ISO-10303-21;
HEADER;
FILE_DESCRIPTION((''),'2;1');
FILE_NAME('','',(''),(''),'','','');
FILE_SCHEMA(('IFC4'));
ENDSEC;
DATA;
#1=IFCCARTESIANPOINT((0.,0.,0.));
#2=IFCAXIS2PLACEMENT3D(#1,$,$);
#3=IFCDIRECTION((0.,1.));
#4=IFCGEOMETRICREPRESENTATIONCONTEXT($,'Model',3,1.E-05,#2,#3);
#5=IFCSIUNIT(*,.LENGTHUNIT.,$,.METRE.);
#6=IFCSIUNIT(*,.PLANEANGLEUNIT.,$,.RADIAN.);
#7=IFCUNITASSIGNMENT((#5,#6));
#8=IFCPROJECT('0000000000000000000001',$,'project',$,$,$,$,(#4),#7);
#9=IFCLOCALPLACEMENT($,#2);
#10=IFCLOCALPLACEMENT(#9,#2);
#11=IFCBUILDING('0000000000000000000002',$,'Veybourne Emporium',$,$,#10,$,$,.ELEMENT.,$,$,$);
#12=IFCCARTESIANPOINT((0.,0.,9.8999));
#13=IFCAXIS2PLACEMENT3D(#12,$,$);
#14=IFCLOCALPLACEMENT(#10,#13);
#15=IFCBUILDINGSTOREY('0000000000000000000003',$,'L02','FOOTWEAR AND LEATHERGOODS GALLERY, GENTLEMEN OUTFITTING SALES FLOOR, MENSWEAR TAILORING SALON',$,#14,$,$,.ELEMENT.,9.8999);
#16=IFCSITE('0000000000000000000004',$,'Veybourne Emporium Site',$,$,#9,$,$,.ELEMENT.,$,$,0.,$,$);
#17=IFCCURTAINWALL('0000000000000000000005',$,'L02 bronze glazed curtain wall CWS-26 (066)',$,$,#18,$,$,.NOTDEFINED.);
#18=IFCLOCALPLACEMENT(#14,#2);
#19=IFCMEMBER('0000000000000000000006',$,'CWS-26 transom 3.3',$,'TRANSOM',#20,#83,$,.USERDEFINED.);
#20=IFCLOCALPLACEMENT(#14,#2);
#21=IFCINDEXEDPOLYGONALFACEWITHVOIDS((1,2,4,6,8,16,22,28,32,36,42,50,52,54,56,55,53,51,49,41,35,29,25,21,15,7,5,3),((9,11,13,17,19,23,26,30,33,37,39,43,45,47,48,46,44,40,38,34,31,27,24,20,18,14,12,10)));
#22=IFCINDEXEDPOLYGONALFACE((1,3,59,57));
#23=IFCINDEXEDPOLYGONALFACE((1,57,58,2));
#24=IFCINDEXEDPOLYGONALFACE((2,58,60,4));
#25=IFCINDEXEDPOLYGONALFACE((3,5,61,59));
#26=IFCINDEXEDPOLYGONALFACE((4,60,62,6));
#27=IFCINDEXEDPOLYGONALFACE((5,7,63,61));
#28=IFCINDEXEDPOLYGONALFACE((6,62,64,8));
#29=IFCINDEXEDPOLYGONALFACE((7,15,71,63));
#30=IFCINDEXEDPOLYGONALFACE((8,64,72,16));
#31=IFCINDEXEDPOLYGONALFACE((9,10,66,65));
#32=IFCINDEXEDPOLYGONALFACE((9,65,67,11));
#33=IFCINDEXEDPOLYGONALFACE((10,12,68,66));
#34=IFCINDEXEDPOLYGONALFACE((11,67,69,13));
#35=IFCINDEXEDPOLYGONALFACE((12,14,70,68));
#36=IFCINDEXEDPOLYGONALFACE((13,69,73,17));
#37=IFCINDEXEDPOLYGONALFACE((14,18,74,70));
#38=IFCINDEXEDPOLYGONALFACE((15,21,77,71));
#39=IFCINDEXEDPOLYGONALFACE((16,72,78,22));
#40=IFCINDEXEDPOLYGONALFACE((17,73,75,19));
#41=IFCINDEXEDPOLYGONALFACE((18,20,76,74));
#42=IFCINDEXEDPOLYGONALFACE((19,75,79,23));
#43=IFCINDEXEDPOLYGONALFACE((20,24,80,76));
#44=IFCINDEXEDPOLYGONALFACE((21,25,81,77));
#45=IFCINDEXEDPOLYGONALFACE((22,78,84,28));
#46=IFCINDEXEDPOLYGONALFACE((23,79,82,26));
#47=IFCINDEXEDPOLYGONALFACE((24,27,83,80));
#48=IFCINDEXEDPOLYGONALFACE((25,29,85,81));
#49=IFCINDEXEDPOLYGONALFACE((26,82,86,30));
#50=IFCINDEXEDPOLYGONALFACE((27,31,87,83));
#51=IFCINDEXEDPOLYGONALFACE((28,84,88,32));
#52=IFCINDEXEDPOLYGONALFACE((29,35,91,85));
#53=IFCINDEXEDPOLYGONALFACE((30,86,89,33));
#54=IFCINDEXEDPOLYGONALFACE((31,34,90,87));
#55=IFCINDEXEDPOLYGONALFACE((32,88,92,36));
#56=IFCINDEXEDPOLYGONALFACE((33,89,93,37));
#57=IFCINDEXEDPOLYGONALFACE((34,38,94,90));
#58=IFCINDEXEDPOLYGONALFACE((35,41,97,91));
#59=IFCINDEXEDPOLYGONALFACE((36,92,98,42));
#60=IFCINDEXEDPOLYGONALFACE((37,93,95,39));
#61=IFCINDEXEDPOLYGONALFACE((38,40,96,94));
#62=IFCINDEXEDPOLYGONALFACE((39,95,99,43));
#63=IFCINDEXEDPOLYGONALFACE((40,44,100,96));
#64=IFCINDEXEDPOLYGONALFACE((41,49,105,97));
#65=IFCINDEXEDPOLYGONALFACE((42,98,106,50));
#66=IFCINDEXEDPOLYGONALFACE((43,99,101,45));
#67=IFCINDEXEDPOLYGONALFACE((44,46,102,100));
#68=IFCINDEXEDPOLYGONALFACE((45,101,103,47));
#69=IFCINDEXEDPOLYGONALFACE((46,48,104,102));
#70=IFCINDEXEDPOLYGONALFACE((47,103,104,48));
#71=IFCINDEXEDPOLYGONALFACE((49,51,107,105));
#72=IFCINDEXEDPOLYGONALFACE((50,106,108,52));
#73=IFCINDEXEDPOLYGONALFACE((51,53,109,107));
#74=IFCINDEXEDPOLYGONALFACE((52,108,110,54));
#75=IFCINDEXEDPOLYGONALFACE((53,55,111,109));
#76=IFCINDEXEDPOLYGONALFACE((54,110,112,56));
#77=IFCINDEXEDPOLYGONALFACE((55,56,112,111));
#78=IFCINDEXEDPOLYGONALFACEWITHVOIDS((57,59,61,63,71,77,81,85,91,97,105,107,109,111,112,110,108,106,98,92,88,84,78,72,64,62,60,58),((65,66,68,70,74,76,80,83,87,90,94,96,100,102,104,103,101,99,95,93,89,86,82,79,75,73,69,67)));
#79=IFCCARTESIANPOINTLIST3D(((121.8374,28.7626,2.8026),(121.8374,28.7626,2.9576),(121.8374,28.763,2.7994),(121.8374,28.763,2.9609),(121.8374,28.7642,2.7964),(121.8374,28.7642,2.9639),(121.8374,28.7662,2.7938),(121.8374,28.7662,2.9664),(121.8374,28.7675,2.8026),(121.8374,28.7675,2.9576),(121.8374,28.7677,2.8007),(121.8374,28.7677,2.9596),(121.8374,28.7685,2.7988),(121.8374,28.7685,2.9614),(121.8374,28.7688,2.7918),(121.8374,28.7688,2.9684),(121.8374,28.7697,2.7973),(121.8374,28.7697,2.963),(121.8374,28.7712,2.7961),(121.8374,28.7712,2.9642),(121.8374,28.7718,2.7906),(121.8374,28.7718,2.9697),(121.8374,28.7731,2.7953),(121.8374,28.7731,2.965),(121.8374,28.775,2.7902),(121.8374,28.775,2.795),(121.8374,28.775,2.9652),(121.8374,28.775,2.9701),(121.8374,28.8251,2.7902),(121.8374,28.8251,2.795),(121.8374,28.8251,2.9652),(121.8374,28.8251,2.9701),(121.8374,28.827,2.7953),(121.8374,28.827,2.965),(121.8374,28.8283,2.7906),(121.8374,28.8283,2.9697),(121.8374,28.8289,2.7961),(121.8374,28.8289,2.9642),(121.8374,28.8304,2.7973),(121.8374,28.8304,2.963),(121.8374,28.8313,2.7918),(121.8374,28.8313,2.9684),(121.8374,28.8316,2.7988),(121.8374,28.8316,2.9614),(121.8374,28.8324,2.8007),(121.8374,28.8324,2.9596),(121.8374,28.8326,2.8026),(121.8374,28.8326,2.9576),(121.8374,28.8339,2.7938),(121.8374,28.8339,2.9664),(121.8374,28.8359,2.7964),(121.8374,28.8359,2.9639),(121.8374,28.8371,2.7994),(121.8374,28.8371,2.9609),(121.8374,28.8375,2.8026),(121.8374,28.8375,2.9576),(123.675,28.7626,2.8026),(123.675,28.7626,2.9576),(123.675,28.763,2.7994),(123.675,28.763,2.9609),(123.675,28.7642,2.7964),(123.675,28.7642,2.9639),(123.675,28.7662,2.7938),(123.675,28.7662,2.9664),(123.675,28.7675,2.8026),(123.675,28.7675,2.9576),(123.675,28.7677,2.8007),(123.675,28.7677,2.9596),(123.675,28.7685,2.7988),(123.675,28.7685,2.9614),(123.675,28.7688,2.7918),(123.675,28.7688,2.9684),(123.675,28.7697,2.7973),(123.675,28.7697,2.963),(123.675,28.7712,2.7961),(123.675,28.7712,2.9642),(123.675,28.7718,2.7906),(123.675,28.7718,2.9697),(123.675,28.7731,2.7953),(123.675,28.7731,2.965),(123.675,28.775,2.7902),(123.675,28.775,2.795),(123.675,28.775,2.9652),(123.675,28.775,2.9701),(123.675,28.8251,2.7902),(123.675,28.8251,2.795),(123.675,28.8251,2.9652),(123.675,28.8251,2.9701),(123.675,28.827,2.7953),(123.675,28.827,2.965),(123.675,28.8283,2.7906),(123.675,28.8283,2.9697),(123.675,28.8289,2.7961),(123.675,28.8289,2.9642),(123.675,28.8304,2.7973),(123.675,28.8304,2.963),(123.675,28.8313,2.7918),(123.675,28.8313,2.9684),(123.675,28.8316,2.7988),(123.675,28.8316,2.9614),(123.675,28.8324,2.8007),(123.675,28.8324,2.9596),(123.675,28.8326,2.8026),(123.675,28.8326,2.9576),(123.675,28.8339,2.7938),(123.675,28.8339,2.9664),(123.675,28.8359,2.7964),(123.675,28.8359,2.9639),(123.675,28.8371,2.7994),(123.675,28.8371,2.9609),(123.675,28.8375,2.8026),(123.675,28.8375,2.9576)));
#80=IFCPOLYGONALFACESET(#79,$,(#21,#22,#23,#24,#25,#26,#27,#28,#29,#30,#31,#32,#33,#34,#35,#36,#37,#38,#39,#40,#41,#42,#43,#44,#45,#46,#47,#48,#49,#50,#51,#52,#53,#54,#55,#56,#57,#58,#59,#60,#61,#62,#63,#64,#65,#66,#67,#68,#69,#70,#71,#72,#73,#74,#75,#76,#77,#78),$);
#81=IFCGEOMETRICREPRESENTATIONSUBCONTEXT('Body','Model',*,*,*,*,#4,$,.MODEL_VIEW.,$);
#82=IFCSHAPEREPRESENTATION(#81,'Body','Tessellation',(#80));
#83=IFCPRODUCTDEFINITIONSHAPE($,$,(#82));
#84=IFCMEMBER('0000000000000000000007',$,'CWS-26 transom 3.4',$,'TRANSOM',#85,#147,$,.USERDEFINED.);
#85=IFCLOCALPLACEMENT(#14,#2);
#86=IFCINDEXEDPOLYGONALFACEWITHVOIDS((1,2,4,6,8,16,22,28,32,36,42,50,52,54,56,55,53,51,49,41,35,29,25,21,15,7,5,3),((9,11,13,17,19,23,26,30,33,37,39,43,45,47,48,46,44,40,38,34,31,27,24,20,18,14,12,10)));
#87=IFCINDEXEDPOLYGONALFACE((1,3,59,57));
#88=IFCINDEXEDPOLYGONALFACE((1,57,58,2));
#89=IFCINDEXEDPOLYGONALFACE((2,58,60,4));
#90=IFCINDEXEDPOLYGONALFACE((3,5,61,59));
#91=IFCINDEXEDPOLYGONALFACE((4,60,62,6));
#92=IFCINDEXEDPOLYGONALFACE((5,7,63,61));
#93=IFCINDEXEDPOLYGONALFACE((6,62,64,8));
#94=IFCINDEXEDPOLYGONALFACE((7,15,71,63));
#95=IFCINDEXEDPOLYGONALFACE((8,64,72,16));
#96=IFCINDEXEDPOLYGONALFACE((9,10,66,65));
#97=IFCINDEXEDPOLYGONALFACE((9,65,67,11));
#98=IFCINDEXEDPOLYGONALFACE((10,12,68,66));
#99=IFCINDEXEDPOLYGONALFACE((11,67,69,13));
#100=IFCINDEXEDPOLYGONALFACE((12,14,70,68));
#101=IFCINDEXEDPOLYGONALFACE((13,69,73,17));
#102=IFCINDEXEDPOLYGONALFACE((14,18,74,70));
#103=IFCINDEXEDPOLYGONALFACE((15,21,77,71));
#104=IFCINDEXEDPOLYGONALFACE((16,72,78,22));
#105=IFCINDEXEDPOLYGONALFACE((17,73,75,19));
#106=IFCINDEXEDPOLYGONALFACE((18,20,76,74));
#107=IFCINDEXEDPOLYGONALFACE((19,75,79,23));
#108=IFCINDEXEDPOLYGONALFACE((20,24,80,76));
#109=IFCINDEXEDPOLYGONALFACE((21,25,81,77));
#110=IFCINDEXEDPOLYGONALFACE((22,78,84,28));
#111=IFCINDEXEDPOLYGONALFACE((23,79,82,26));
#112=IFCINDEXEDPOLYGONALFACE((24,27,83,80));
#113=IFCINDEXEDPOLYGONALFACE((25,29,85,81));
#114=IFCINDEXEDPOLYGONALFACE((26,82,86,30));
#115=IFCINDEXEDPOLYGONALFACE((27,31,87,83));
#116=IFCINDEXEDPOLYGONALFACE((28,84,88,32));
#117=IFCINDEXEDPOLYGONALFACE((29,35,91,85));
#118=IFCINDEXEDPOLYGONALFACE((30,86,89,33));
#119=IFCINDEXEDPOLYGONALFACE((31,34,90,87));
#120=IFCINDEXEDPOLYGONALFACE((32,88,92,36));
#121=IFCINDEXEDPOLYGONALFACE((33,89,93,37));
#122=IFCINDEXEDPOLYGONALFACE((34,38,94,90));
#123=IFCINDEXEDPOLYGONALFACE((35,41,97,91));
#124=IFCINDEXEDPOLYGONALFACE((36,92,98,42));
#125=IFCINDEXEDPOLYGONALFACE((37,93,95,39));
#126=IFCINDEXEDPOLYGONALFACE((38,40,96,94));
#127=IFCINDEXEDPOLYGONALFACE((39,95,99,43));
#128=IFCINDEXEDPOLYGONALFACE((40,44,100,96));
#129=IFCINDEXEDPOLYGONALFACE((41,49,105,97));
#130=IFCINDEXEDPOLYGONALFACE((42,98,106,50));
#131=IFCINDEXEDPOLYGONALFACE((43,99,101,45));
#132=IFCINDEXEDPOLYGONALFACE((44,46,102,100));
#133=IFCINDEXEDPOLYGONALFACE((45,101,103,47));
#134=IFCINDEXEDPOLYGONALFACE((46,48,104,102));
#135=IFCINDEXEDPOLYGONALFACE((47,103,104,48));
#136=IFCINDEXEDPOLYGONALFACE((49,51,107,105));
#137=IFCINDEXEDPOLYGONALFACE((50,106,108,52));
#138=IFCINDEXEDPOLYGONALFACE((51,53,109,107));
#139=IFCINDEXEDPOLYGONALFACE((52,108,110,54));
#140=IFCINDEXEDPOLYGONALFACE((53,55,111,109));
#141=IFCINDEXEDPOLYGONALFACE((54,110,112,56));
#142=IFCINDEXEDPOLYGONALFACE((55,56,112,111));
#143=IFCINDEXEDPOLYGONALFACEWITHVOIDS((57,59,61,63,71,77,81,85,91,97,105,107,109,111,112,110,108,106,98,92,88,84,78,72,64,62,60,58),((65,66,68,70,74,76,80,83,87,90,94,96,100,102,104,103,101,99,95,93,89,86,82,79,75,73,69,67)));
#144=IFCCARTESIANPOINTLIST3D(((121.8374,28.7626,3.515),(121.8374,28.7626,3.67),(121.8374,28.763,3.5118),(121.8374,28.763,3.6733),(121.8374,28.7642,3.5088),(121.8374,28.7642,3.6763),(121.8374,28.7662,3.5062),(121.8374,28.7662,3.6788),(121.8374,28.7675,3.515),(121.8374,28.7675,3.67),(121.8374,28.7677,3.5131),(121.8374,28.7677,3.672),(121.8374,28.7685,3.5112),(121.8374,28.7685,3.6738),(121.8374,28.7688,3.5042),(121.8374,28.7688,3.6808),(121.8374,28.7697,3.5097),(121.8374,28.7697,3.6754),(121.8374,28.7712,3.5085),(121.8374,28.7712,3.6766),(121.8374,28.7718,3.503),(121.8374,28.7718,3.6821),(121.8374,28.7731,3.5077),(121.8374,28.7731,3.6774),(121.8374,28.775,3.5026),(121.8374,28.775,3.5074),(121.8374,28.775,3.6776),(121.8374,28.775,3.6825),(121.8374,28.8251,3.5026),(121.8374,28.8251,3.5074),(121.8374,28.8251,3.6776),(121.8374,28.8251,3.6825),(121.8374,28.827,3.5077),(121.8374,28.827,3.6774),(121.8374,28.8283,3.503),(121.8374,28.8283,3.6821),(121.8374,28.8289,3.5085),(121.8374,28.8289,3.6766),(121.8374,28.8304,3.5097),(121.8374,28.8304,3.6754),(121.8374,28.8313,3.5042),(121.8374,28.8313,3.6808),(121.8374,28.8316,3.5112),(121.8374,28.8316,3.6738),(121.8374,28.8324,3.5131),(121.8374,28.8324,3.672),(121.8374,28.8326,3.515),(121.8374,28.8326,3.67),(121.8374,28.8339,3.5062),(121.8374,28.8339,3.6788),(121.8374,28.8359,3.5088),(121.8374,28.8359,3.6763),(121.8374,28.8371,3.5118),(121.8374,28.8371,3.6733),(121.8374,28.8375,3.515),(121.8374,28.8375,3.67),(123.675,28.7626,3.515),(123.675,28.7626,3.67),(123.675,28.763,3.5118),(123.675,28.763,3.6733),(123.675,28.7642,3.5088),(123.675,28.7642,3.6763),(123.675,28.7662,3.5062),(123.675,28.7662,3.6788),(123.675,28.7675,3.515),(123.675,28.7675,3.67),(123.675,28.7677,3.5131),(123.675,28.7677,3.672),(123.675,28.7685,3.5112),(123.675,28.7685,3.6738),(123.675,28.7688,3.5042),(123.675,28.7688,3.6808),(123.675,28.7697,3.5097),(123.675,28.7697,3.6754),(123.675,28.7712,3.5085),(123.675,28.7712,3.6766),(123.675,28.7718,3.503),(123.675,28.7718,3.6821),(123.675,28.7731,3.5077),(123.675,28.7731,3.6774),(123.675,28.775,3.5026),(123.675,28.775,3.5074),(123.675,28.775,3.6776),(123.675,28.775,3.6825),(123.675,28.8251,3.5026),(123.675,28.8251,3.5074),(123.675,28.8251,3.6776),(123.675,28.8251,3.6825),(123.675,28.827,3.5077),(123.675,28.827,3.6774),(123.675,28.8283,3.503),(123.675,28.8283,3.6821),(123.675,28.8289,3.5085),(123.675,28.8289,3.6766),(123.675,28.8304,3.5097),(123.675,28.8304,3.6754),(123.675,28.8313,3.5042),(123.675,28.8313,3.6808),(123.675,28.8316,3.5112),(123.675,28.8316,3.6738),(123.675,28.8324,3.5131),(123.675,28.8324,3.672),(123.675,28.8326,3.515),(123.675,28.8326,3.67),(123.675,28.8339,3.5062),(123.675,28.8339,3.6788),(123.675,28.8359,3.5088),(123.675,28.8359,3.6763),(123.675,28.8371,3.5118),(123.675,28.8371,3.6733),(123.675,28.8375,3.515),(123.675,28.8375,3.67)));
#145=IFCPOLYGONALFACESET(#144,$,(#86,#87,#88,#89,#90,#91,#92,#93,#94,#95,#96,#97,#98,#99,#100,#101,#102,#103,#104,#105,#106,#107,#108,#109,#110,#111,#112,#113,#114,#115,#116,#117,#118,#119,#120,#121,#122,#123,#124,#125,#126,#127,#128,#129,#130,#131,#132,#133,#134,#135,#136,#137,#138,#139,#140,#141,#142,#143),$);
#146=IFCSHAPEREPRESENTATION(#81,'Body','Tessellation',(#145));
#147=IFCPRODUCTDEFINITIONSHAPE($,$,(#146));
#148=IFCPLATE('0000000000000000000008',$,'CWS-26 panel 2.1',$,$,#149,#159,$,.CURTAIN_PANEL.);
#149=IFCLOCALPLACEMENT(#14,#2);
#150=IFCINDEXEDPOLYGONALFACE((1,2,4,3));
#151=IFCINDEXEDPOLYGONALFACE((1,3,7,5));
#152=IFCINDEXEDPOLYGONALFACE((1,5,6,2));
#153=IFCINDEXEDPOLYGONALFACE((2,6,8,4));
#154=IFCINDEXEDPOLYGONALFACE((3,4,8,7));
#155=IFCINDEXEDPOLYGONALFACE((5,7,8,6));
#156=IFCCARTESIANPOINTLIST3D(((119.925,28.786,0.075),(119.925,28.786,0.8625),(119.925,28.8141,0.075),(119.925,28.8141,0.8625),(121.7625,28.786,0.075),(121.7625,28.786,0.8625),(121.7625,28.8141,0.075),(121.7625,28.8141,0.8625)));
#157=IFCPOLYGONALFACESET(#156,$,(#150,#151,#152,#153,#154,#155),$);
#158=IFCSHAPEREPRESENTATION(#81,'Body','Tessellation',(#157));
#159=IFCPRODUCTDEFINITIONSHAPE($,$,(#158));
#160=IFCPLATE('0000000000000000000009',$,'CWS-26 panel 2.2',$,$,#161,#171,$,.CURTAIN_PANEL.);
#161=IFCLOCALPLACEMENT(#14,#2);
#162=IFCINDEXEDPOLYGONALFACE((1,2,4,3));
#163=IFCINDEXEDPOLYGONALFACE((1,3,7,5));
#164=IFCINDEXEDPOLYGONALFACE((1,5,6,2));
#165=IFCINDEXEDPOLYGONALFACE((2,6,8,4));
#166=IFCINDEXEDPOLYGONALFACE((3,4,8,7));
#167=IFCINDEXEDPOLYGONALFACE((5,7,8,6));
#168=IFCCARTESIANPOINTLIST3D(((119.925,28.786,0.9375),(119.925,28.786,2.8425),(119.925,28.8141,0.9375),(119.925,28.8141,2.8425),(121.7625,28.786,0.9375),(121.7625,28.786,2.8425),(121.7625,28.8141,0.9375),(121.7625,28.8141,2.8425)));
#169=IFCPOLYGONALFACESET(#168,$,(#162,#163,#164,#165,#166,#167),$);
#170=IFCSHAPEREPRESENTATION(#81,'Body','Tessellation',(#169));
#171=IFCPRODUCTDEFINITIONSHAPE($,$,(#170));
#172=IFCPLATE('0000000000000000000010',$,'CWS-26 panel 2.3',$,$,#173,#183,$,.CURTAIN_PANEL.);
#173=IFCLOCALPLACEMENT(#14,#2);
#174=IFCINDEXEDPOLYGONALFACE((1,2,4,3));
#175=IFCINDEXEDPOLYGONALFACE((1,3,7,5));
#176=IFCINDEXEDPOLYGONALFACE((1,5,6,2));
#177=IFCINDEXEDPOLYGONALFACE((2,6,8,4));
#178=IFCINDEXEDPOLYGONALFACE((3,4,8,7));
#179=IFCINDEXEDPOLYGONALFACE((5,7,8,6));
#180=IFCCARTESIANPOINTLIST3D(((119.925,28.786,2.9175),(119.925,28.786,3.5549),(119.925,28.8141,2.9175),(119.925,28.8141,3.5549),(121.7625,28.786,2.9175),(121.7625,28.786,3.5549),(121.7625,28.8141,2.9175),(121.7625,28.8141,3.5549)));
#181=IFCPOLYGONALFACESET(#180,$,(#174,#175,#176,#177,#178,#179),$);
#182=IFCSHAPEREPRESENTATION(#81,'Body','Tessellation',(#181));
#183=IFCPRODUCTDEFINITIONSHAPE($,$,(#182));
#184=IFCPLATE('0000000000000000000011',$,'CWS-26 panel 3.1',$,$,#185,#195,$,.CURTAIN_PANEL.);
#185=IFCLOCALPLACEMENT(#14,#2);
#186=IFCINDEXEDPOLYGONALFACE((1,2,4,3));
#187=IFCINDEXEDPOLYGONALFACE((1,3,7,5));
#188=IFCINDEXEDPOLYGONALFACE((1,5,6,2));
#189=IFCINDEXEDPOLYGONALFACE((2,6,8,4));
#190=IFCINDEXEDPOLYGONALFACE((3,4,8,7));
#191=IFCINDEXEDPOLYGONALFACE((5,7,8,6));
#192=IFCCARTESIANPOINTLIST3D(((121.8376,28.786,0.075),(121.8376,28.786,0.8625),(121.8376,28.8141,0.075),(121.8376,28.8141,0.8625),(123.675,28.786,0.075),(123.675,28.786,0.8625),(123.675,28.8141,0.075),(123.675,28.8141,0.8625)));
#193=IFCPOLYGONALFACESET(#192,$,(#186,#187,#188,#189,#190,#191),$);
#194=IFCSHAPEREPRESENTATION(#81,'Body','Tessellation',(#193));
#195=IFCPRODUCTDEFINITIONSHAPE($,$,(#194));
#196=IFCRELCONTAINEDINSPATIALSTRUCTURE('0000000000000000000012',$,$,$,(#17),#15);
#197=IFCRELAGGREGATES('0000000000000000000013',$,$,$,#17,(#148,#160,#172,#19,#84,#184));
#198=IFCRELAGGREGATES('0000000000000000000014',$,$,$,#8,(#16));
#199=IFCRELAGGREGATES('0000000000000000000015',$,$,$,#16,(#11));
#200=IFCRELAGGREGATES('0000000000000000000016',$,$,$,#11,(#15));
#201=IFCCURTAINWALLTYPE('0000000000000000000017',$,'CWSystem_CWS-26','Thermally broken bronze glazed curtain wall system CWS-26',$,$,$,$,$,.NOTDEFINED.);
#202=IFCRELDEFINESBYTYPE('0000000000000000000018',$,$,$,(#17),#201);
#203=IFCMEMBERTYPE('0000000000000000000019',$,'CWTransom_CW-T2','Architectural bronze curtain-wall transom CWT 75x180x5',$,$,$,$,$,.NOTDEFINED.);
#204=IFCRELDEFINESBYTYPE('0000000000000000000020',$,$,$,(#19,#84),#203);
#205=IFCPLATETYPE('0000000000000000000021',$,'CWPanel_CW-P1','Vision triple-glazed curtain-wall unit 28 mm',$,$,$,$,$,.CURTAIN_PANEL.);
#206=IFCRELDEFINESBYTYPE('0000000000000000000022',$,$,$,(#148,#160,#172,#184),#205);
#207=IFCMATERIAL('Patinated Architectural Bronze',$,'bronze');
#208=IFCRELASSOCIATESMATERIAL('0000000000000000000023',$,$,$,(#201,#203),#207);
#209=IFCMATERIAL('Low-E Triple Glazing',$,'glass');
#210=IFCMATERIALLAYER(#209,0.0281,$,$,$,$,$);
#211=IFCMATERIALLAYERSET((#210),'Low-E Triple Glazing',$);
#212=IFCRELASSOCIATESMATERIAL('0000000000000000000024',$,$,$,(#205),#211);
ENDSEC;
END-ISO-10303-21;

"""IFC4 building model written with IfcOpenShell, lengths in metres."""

from ifc_helpers import new_model, si_unit, direction, frame, origin, origin_2d, place, context, subcontext, project, spatial, rectangle, hollow_rectangle, extrude, material, layer, layer_set, material_profile, profile_set, type_object, element, aggregate, save


model = new_model("IFC4")

# Units and contexts
model_context = context("Model", 3, precision=1e-05, world=origin(), true_north=direction((0.0, 1.0)))
body_context = subcontext(model_context, "Body", "Model", "MODEL_VIEW")
ifc_project = project(units=[si_unit("LENGTHUNIT", "METRE"), si_unit("PLANEANGLEUNIT", "RADIAN")], contexts=[model_context])

# Site, building, storey
site_placement = place(None, origin())
site = spatial("IfcSite", under=ifc_project, at=site_placement, Name="Veybourne Emporium Site", CompositionType="ELEMENT", RefElevation=0.0)
building_placement = place(site_placement, origin())
building = spatial("IfcBuilding", under=site, at=building_placement, Name="Veybourne Emporium", CompositionType="ELEMENT")
storey_placement = place(building_placement, frame((0.0, 0.0, 9.8999)))
storey = spatial("IfcBuildingStorey", under=building, at=storey_placement, Name="L02", Description="FOOTWEAR AND LEATHERGOODS GALLERY, GENTLEMEN OUTFITTING SALES FLOOR, MENSWEAR TAILORING SALON", CompositionType="ELEMENT", Elevation=9.8999)

# Curtain wall, members, plates
ifc_material_1 = material(Name="Patinated Architectural Bronze", Category="bronze")
curtain_wall_type = type_object("IfcCurtainWallType", Name="CWSystem_CWS-26", Description="Thermally broken bronze glazed curtain wall system CWS-26", PredefinedType="NOTDEFINED", material=ifc_material_1)
curtain_wall_placement = place(storey_placement, origin())
curtain_wall = element("IfcCurtainWall", 1, at=curtain_wall_placement, inside=storey, type_object=curtain_wall_type, Name="L02 bronze glazed curtain wall CWS-26 (066)", PredefinedType="NOTDEFINED")
ifc_material_profile_1 = material_profile(ifc_material_1, hollow_rectangle(XDim=0.075, YDim=0.1799, WallThickness=0.0049, InnerFilletRadius=0.0076, OuterFilletRadius=0.0125, at=origin_2d()), Name="CWT 75x180x5")
ifc_profile_set_1 = profile_set([ifc_material_profile_1], Name="Patinated Architectural Bronze")
member_type_1 = type_object("IfcMemberType", Name="CWTransom_CW-T2", Description="Architectural bronze curtain-wall transom CWT 75x180x5", PredefinedType="NOTDEFINED", material=ifc_profile_set_1)
member_1_placement = place(storey_placement, frame((121.8374, 28.8, 2.8801), z_axis=(1.0, 0.0, 0.0), x_axis=(0.0, 1.0, 0.0)))
member_1 = element("IfcMember", 2, at=member_1_placement, type_object=member_type_1, Name="CWS-26 transom 3.3", ObjectType="TRANSOM", PredefinedType="USERDEFINED", context=body_context, shape_type="SweptSolid", body=[
    extrude(hollow_rectangle(XDim=0.075, YDim=0.1799, WallThickness=0.0049, InnerFilletRadius=0.0076, OuterFilletRadius=0.0125, at=origin_2d()), origin(), (0.0, 0.0, 1.0), 1.8376),
])
member_2_placement = place(storey_placement, frame((121.8374, 28.8, 3.5925), z_axis=(1.0, 0.0, 0.0), x_axis=(0.0, 1.0, 0.0)))
member_2 = element("IfcMember", 3, at=member_2_placement, type_object=member_type_1, Name="CWS-26 transom 3.4", ObjectType="TRANSOM", PredefinedType="USERDEFINED", context=body_context, shape_type="SweptSolid", body=[
    extrude(hollow_rectangle(XDim=0.075, YDim=0.1799, WallThickness=0.0049, InnerFilletRadius=0.0076, OuterFilletRadius=0.0125, at=origin_2d()), origin(), (0.0, 0.0, 1.0), 1.8376),
])
ifc_material_2 = material(Name="Low-E Triple Glazing", Category="glass")
ifc_layer_1 = layer(ifc_material_2, 0.0281)
ifc_layer_set_1 = layer_set([ifc_layer_1], Name="Low-E Triple Glazing")
plate_type = type_object("IfcPlateType", Name="CWPanel_CW-P1", Description="Vision triple-glazed curtain-wall unit 28 mm", PredefinedType="CURTAIN_PANEL", material=ifc_layer_set_1)
plate_1_placement = place(storey_placement, frame((120.8438, 28.8, 0.075), z_axis=(0.0, 0.0, 1.0), x_axis=(1.0, 0.0, 0.0)))
plate_1 = element("IfcPlate", 4, at=plate_1_placement, type_object=plate_type, Name="CWS-26 panel 2.1", PredefinedType="CURTAIN_PANEL", context=body_context, shape_type="SweptSolid", body=[
    extrude(rectangle(XDim=1.8374, YDim=0.0281, at=origin_2d()), origin(), (0.0, 0.0, 1.0), 0.7876),
])
plate_2_placement = place(storey_placement, frame((120.8438, 28.8, 0.9375), z_axis=(0.0, 0.0, 1.0), x_axis=(1.0, 0.0, 0.0)))
plate_2 = element("IfcPlate", 5, at=plate_2_placement, type_object=plate_type, Name="CWS-26 panel 2.2", PredefinedType="CURTAIN_PANEL", context=body_context, shape_type="SweptSolid", body=[
    extrude(rectangle(XDim=1.8374, YDim=0.0281, at=origin_2d()), origin(), (0.0, 0.0, 1.0), 1.905),
])
plate_3_placement = place(storey_placement, frame((120.8438, 28.8, 2.9175), z_axis=(0.0, 0.0, 1.0), x_axis=(1.0, 0.0, 0.0)))
plate_3 = element("IfcPlate", 6, at=plate_3_placement, type_object=plate_type, Name="CWS-26 panel 2.3", PredefinedType="CURTAIN_PANEL", context=body_context, shape_type="SweptSolid", body=[
    extrude(rectangle(XDim=1.8374, YDim=0.0281, at=origin_2d()), origin(), (0.0, 0.0, 1.0), 0.6375),
])
plate_4_placement = place(storey_placement, frame((122.7563, 28.8, 0.075), z_axis=(0.0, 0.0, 1.0), x_axis=(1.0, 0.0, 0.0)))
plate_4 = element("IfcPlate", 7, at=plate_4_placement, type_object=plate_type, Name="CWS-26 panel 3.1", PredefinedType="CURTAIN_PANEL", context=body_context, shape_type="SweptSolid", body=[
    extrude(rectangle(XDim=1.8374, YDim=0.0281, at=origin_2d()), origin(), (0.0, 0.0, 1.0), 0.7876),
])
aggregate(curtain_wall, [plate_1, plate_2, plate_3, member_1, member_2, plate_4])

save(model, "model.ifc")
